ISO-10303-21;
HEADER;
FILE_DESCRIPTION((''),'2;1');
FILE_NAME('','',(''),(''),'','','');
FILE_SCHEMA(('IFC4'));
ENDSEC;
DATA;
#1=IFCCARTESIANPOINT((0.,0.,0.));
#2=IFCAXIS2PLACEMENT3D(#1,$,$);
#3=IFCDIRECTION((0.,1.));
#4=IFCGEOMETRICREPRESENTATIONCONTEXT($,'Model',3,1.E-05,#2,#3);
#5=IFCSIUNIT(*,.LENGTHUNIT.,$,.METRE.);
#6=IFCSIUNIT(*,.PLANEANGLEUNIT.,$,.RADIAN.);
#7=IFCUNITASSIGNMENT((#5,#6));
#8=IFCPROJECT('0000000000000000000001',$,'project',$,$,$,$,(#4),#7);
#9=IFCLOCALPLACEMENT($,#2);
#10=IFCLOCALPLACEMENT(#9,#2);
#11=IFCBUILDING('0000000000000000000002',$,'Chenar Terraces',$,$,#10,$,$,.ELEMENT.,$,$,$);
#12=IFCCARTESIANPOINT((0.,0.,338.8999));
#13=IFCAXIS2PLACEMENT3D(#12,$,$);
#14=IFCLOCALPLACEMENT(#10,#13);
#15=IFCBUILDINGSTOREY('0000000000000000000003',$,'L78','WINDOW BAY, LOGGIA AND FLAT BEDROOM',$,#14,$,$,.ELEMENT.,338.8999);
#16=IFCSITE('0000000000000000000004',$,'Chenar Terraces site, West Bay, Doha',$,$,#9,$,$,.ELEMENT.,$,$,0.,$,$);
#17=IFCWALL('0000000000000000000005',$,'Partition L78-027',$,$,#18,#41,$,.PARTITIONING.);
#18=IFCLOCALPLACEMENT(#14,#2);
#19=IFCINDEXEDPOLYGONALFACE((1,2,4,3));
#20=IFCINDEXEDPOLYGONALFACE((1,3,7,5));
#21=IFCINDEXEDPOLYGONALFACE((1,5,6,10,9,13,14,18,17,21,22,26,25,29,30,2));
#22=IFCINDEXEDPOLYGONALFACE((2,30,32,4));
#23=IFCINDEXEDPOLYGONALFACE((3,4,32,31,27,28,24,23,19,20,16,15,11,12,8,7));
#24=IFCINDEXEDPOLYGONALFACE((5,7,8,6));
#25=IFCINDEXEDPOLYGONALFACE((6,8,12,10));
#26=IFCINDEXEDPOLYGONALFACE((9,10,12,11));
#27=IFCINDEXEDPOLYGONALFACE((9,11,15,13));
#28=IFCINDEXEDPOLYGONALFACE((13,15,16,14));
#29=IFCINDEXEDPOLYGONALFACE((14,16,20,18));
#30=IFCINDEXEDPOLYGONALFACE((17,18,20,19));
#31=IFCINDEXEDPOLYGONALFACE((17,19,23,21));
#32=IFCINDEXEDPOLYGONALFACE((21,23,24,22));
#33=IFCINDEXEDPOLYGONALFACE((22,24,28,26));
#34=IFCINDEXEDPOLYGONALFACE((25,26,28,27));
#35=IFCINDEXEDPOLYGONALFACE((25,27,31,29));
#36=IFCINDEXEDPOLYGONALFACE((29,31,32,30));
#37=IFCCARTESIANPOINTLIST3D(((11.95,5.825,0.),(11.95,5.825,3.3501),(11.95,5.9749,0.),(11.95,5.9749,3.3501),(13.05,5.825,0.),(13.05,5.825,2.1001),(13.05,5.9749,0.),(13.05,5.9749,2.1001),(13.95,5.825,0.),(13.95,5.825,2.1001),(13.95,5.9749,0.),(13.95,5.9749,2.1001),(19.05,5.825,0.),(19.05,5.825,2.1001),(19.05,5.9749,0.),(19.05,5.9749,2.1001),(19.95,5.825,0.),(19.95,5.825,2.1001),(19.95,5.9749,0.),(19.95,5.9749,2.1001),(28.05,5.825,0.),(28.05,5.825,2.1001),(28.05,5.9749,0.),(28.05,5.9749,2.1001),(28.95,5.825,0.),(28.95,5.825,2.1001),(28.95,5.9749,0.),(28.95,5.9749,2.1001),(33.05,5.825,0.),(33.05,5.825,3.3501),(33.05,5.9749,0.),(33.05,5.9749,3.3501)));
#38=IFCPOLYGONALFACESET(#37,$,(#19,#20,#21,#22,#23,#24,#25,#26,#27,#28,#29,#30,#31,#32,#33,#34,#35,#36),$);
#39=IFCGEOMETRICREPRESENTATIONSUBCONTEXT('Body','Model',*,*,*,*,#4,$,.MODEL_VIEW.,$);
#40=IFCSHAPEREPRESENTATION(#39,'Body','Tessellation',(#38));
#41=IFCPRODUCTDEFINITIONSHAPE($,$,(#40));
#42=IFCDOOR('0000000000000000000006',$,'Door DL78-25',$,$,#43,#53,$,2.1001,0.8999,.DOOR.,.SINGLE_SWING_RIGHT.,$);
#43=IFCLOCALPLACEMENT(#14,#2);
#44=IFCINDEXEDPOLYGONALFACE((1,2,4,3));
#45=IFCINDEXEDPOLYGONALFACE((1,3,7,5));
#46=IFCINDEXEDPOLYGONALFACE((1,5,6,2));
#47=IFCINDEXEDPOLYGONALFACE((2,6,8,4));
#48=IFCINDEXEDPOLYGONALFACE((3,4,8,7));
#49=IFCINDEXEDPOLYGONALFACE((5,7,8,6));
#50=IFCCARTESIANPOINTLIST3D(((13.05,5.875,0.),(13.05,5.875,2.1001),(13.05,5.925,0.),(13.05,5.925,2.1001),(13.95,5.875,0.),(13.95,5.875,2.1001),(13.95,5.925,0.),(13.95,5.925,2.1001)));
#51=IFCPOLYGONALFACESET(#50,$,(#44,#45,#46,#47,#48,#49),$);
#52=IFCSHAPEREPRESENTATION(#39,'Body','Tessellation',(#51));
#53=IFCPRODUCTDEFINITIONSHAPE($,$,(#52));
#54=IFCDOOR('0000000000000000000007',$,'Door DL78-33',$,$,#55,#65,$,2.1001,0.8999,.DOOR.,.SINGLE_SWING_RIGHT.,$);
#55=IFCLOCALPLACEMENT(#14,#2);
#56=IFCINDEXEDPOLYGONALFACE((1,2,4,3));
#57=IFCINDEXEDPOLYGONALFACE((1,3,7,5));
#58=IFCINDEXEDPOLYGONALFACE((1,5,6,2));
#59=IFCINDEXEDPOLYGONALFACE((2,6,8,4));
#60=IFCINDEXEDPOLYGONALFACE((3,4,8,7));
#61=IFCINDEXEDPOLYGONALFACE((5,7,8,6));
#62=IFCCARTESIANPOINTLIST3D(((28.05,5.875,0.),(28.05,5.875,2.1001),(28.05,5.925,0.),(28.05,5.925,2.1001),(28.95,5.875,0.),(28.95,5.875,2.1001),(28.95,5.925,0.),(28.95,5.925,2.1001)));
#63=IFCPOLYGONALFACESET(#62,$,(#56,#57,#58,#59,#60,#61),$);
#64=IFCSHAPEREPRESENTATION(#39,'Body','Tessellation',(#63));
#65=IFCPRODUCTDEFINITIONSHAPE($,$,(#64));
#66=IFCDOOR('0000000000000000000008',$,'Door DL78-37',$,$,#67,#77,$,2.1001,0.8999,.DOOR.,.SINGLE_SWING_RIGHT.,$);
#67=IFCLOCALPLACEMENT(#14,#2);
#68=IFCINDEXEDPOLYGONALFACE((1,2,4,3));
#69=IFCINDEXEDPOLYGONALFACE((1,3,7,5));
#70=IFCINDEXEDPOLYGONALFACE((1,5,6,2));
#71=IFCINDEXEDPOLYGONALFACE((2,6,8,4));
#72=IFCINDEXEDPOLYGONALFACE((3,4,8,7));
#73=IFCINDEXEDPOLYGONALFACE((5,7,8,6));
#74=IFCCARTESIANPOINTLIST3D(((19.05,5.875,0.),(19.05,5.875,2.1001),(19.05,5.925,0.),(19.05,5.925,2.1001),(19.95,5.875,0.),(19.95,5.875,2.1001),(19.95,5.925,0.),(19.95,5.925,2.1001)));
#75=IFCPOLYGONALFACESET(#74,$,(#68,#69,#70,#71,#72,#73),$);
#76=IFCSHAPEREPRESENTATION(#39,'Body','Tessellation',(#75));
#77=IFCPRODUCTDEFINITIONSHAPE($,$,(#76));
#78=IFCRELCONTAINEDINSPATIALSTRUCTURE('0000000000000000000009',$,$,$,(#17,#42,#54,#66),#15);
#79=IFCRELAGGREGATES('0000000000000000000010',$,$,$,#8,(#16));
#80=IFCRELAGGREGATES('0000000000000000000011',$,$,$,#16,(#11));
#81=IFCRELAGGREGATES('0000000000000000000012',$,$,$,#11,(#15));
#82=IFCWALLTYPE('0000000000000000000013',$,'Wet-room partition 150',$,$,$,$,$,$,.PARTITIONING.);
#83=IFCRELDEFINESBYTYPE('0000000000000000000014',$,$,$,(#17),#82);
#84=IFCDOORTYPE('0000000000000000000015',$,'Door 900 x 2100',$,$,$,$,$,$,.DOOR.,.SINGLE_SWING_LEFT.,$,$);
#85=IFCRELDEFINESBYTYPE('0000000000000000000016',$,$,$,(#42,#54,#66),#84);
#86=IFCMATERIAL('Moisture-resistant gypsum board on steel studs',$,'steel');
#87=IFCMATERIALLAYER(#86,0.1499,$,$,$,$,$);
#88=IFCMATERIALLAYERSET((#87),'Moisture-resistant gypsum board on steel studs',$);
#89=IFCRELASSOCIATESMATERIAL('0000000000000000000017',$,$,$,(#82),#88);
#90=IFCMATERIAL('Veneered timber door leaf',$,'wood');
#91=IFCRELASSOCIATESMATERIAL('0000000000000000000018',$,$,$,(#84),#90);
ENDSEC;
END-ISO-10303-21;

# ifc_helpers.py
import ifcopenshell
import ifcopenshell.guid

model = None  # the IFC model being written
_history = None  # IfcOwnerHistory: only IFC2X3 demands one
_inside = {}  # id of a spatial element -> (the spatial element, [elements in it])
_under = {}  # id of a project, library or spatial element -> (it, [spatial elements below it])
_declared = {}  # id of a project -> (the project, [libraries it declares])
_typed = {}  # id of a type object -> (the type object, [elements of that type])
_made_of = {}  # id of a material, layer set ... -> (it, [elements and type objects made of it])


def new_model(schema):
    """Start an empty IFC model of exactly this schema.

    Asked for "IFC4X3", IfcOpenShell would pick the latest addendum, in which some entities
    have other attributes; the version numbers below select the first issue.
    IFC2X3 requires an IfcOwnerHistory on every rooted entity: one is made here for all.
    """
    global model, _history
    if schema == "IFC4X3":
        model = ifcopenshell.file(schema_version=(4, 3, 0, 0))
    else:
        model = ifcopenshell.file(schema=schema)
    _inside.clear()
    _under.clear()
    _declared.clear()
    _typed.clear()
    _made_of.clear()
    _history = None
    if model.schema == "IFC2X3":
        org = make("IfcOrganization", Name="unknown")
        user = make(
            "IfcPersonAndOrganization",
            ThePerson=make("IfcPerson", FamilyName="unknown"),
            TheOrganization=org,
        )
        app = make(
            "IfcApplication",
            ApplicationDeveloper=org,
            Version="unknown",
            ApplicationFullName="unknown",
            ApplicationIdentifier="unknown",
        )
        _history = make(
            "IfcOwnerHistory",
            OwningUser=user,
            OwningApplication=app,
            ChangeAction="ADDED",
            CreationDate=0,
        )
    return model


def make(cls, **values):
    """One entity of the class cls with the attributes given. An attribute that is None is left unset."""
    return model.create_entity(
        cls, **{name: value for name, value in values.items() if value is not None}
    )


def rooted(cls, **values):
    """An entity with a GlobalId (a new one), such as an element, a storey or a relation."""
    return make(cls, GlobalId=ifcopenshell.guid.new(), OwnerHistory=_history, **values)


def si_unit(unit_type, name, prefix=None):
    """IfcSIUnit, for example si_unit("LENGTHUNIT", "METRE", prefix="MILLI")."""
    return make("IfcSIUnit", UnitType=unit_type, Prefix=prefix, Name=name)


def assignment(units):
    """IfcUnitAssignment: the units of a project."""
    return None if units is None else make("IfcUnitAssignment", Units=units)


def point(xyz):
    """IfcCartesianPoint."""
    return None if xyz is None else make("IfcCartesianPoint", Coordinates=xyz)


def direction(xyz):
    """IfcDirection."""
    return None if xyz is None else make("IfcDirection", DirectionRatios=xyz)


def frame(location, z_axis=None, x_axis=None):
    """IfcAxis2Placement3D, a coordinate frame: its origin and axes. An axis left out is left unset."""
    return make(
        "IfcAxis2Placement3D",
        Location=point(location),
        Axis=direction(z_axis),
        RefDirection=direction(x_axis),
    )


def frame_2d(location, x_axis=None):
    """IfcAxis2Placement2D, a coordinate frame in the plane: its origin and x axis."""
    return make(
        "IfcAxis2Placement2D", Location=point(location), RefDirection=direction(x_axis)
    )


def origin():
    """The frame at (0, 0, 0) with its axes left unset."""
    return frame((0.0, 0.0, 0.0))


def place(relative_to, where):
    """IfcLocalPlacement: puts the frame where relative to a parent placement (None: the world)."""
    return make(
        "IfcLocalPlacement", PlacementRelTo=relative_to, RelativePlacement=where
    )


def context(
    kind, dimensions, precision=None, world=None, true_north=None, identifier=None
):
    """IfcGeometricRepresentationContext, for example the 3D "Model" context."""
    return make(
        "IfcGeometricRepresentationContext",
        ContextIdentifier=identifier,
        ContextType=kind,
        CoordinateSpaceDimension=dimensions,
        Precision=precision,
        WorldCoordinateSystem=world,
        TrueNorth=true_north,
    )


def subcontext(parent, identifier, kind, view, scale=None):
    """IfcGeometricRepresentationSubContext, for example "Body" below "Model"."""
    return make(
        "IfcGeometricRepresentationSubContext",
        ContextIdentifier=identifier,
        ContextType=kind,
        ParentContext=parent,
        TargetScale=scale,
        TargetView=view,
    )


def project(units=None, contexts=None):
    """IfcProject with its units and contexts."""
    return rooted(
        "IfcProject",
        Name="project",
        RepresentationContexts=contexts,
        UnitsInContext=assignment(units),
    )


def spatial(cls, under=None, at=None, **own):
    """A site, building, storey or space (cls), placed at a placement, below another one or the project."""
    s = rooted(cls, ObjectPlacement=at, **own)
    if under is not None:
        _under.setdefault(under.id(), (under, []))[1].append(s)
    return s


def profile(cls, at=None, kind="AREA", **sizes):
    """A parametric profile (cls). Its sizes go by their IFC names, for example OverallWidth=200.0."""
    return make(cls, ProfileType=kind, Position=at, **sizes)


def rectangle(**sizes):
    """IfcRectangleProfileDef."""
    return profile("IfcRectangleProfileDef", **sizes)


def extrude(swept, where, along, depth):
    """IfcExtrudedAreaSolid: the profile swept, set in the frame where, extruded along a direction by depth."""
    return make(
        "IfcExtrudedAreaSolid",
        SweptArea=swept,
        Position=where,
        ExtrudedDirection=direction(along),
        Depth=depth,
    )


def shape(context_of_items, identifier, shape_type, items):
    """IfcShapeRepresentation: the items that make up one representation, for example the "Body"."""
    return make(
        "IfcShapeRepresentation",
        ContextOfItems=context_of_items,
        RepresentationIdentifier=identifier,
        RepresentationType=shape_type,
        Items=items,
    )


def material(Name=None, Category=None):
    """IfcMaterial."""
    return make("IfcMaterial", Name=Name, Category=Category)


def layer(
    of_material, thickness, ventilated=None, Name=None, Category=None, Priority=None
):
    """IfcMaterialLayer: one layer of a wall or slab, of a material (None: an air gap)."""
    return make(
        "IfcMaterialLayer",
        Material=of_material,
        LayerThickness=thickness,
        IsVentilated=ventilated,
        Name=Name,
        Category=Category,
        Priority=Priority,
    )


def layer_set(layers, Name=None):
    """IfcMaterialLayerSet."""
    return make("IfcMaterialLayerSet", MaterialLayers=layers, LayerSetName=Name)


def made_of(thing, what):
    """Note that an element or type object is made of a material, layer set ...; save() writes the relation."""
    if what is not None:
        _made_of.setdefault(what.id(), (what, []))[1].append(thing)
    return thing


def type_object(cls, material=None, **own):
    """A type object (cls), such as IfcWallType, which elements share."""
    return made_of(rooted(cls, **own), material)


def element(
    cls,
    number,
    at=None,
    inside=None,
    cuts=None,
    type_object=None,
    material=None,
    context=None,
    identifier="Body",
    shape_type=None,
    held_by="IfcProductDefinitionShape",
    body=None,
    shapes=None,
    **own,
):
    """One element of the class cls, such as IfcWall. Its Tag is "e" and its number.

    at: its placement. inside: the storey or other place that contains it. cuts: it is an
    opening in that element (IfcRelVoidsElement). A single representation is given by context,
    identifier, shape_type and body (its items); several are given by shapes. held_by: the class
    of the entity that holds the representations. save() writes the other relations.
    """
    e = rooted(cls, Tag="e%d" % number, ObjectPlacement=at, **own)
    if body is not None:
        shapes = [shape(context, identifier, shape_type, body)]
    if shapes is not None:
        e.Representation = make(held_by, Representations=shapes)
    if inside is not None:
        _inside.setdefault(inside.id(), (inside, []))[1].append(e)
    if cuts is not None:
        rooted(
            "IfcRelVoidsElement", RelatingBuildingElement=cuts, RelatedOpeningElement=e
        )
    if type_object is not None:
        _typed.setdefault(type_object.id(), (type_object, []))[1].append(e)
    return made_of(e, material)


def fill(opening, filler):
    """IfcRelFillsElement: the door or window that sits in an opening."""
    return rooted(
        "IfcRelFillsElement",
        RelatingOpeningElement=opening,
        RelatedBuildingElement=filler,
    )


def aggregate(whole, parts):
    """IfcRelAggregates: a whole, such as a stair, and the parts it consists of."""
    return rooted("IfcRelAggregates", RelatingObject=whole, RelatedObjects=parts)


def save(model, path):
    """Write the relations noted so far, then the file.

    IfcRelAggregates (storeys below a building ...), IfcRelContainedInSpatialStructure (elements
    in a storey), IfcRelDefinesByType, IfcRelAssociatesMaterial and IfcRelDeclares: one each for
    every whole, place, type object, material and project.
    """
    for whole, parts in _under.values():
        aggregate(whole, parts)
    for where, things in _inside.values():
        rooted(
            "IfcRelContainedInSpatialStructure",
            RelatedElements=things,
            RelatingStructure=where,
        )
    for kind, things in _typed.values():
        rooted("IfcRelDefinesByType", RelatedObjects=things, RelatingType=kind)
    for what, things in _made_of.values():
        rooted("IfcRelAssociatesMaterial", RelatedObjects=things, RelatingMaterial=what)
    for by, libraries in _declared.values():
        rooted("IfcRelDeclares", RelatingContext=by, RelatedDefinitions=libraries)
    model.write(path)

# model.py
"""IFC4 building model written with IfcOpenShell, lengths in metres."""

from ifc_helpers import new_model, si_unit, direction, frame, frame_2d, origin, place, context, subcontext, project, spatial, rectangle, extrude, material, layer, layer_set, type_object, element, fill, save


model = new_model("IFC4")

# Units and contexts
model_context = context("Model", 3, precision=1e-05, world=origin(), true_north=direction((0.0, 1.0)))
body_context = subcontext(model_context, "Body", "Model", "MODEL_VIEW")
ifc_project = project(units=[si_unit("LENGTHUNIT", "METRE"), si_unit("PLANEANGLEUNIT", "RADIAN")], contexts=[model_context])

# Site, building, storey
site_placement = place(None, origin())
site = spatial("IfcSite", under=ifc_project, at=site_placement, Name="Chenar Terraces site, West Bay, Doha", CompositionType="ELEMENT", RefElevation=0.0)
building_placement = place(site_placement, origin())
building = spatial("IfcBuilding", under=site, at=building_placement, Name="Chenar Terraces", CompositionType="ELEMENT")
storey_placement = place(building_placement, frame((0.0, 0.0, 338.8999)))
storey = spatial("IfcBuildingStorey", under=building, at=storey_placement, Name="L78", Description="WINDOW BAY, LOGGIA AND FLAT BEDROOM", CompositionType="ELEMENT", Elevation=338.8999)

# Wall, openings, doors
ifc_material_1 = material(Name="Moisture-resistant gypsum board on steel studs", Category="steel")
ifc_layer_1 = layer(ifc_material_1, 0.1499)
ifc_layer_set_1 = layer_set([ifc_layer_1], Name="Moisture-resistant gypsum board on steel studs")
wall_type_1 = type_object("IfcWallType", Name="Wet-room partition 150", PredefinedType="PARTITIONING", material=ifc_layer_set_1)
wall_1_placement = place(storey_placement, frame((11.95, 5.8999, 0.0), z_axis=(0.0, 0.0, 1.0), x_axis=(1.0, 0.0, 0.0)))
wall_1 = element("IfcWall", 1, at=wall_1_placement, inside=storey, type_object=wall_type_1, Name="Partition L78-027", PredefinedType="PARTITIONING", context=body_context, shape_type="SweptSolid", body=[
    extrude(rectangle(XDim=21.1001, YDim=0.1499, at=frame_2d((10.55, 0.0))), origin(), (0.0, 0.0, 1.0), 3.3501),
])
opening_1_placement = place(wall_1_placement, frame((1.1001, 0.0, 0.0)))
opening_1 = element("IfcOpeningElement", 2, at=opening_1_placement, cuts=wall_1, PredefinedType="OPENING", context=body_context, shape_type="SweptSolid", body=[
    extrude(rectangle(XDim=0.8999, YDim=2.1001, at=frame_2d((0.45, 1.05))), frame((0.0, 0.085, 0.0), z_axis=(0.0, -1.0, 0.0), x_axis=(1.0, 0.0, 0.0)), (0.0, 0.0, 1.0), 0.1699),
])
opening_2_placement = place(wall_1_placement, frame((16.1001, 0.0, 0.0)))
opening_2 = element("IfcOpeningElement", 3, at=opening_2_placement, cuts=wall_1, PredefinedType="OPENING", context=body_context, shape_type="SweptSolid", body=[
    extrude(rectangle(XDim=0.8999, YDim=2.1001, at=frame_2d((0.45, 1.05))), frame((0.0, 0.085, 0.0), z_axis=(0.0, -1.0, 0.0), x_axis=(1.0, 0.0, 0.0)), (0.0, 0.0, 1.0), 0.1699),
])
opening_3_placement = place(wall_1_placement, frame((7.1001, 0.0, 0.0)))
opening_3 = element("IfcOpeningElement", 4, at=opening_3_placement, cuts=wall_1, PredefinedType="OPENING", context=body_context, shape_type="SweptSolid", body=[
    extrude(rectangle(XDim=0.8999, YDim=2.1001, at=frame_2d((0.45, 1.05))), frame((0.0, 0.085, 0.0), z_axis=(0.0, -1.0, 0.0), x_axis=(1.0, 0.0, 0.0)), (0.0, 0.0, 1.0), 0.1699),
])
ifc_material_2 = material(Name="Veneered timber door leaf", Category="wood")
door_type_1 = type_object("IfcDoorType", Name="Door 900 x 2100", OperationType="SINGLE_SWING_LEFT", PredefinedType="DOOR", material=ifc_material_2)
door_1_placement = place(opening_1_placement, frame((0.8999, 0.0, 0.0), z_axis=(0.0, 0.0, 1.0), x_axis=(-1.0, 0.0, 0.0)))
door_1 = element("IfcDoor", 5, at=door_1_placement, inside=storey, type_object=door_type_1, Name="Door DL78-25", OperationType="SINGLE_SWING_RIGHT", OverallHeight=2.1001, OverallWidth=0.8999, PredefinedType="DOOR", context=body_context, shape_type="SweptSolid", body=[
    extrude(rectangle(XDim=0.8999, YDim=2.1001, at=frame_2d((0.45, 1.05))), frame((0.0, 0.0249, 0.0), z_axis=(0.0, -1.0, 0.0), x_axis=(1.0, 0.0, 0.0)), (0.0, 0.0, 1.0), 0.05),
])
fill(opening_1, door_1)
door_2_placement = place(opening_2_placement, frame((0.8999, 0.0, 0.0), z_axis=(0.0, 0.0, 1.0), x_axis=(-1.0, 0.0, 0.0)))
door_2 = element("IfcDoor", 6, at=door_2_placement, inside=storey, type_object=door_type_1, Name="Door DL78-33", OperationType="SINGLE_SWING_RIGHT", OverallHeight=2.1001, OverallWidth=0.8999, PredefinedType="DOOR", context=body_context, shape_type="SweptSolid", body=[
    extrude(rectangle(XDim=0.8999, YDim=2.1001, at=frame_2d((0.45, 1.05))), frame((0.0, 0.0249, 0.0), z_axis=(0.0, -1.0, 0.0), x_axis=(1.0, 0.0, 0.0)), (0.0, 0.0, 1.0), 0.05),
])
fill(opening_2, door_2)
door_3_placement = place(opening_3_placement, frame((0.8999, 0.0, 0.0), z_axis=(0.0, 0.0, 1.0), x_axis=(-1.0, 0.0, 0.0)))
door_3 = element("IfcDoor", 7, at=door_3_placement, inside=storey, type_object=door_type_1, Name="Door DL78-37", OperationType="SINGLE_SWING_RIGHT", OverallHeight=2.1001, OverallWidth=0.8999, PredefinedType="DOOR", context=body_context, shape_type="SweptSolid", body=[
    extrude(rectangle(XDim=0.8999, YDim=2.1001, at=frame_2d((0.45, 1.05))), frame((0.0, 0.0249, 0.0), z_axis=(0.0, -1.0, 0.0), x_axis=(1.0, 0.0, 0.0)), (0.0, 0.0, 1.0), 0.05),
])
fill(opening_3, door_3)

save(model, "model.ifc")
